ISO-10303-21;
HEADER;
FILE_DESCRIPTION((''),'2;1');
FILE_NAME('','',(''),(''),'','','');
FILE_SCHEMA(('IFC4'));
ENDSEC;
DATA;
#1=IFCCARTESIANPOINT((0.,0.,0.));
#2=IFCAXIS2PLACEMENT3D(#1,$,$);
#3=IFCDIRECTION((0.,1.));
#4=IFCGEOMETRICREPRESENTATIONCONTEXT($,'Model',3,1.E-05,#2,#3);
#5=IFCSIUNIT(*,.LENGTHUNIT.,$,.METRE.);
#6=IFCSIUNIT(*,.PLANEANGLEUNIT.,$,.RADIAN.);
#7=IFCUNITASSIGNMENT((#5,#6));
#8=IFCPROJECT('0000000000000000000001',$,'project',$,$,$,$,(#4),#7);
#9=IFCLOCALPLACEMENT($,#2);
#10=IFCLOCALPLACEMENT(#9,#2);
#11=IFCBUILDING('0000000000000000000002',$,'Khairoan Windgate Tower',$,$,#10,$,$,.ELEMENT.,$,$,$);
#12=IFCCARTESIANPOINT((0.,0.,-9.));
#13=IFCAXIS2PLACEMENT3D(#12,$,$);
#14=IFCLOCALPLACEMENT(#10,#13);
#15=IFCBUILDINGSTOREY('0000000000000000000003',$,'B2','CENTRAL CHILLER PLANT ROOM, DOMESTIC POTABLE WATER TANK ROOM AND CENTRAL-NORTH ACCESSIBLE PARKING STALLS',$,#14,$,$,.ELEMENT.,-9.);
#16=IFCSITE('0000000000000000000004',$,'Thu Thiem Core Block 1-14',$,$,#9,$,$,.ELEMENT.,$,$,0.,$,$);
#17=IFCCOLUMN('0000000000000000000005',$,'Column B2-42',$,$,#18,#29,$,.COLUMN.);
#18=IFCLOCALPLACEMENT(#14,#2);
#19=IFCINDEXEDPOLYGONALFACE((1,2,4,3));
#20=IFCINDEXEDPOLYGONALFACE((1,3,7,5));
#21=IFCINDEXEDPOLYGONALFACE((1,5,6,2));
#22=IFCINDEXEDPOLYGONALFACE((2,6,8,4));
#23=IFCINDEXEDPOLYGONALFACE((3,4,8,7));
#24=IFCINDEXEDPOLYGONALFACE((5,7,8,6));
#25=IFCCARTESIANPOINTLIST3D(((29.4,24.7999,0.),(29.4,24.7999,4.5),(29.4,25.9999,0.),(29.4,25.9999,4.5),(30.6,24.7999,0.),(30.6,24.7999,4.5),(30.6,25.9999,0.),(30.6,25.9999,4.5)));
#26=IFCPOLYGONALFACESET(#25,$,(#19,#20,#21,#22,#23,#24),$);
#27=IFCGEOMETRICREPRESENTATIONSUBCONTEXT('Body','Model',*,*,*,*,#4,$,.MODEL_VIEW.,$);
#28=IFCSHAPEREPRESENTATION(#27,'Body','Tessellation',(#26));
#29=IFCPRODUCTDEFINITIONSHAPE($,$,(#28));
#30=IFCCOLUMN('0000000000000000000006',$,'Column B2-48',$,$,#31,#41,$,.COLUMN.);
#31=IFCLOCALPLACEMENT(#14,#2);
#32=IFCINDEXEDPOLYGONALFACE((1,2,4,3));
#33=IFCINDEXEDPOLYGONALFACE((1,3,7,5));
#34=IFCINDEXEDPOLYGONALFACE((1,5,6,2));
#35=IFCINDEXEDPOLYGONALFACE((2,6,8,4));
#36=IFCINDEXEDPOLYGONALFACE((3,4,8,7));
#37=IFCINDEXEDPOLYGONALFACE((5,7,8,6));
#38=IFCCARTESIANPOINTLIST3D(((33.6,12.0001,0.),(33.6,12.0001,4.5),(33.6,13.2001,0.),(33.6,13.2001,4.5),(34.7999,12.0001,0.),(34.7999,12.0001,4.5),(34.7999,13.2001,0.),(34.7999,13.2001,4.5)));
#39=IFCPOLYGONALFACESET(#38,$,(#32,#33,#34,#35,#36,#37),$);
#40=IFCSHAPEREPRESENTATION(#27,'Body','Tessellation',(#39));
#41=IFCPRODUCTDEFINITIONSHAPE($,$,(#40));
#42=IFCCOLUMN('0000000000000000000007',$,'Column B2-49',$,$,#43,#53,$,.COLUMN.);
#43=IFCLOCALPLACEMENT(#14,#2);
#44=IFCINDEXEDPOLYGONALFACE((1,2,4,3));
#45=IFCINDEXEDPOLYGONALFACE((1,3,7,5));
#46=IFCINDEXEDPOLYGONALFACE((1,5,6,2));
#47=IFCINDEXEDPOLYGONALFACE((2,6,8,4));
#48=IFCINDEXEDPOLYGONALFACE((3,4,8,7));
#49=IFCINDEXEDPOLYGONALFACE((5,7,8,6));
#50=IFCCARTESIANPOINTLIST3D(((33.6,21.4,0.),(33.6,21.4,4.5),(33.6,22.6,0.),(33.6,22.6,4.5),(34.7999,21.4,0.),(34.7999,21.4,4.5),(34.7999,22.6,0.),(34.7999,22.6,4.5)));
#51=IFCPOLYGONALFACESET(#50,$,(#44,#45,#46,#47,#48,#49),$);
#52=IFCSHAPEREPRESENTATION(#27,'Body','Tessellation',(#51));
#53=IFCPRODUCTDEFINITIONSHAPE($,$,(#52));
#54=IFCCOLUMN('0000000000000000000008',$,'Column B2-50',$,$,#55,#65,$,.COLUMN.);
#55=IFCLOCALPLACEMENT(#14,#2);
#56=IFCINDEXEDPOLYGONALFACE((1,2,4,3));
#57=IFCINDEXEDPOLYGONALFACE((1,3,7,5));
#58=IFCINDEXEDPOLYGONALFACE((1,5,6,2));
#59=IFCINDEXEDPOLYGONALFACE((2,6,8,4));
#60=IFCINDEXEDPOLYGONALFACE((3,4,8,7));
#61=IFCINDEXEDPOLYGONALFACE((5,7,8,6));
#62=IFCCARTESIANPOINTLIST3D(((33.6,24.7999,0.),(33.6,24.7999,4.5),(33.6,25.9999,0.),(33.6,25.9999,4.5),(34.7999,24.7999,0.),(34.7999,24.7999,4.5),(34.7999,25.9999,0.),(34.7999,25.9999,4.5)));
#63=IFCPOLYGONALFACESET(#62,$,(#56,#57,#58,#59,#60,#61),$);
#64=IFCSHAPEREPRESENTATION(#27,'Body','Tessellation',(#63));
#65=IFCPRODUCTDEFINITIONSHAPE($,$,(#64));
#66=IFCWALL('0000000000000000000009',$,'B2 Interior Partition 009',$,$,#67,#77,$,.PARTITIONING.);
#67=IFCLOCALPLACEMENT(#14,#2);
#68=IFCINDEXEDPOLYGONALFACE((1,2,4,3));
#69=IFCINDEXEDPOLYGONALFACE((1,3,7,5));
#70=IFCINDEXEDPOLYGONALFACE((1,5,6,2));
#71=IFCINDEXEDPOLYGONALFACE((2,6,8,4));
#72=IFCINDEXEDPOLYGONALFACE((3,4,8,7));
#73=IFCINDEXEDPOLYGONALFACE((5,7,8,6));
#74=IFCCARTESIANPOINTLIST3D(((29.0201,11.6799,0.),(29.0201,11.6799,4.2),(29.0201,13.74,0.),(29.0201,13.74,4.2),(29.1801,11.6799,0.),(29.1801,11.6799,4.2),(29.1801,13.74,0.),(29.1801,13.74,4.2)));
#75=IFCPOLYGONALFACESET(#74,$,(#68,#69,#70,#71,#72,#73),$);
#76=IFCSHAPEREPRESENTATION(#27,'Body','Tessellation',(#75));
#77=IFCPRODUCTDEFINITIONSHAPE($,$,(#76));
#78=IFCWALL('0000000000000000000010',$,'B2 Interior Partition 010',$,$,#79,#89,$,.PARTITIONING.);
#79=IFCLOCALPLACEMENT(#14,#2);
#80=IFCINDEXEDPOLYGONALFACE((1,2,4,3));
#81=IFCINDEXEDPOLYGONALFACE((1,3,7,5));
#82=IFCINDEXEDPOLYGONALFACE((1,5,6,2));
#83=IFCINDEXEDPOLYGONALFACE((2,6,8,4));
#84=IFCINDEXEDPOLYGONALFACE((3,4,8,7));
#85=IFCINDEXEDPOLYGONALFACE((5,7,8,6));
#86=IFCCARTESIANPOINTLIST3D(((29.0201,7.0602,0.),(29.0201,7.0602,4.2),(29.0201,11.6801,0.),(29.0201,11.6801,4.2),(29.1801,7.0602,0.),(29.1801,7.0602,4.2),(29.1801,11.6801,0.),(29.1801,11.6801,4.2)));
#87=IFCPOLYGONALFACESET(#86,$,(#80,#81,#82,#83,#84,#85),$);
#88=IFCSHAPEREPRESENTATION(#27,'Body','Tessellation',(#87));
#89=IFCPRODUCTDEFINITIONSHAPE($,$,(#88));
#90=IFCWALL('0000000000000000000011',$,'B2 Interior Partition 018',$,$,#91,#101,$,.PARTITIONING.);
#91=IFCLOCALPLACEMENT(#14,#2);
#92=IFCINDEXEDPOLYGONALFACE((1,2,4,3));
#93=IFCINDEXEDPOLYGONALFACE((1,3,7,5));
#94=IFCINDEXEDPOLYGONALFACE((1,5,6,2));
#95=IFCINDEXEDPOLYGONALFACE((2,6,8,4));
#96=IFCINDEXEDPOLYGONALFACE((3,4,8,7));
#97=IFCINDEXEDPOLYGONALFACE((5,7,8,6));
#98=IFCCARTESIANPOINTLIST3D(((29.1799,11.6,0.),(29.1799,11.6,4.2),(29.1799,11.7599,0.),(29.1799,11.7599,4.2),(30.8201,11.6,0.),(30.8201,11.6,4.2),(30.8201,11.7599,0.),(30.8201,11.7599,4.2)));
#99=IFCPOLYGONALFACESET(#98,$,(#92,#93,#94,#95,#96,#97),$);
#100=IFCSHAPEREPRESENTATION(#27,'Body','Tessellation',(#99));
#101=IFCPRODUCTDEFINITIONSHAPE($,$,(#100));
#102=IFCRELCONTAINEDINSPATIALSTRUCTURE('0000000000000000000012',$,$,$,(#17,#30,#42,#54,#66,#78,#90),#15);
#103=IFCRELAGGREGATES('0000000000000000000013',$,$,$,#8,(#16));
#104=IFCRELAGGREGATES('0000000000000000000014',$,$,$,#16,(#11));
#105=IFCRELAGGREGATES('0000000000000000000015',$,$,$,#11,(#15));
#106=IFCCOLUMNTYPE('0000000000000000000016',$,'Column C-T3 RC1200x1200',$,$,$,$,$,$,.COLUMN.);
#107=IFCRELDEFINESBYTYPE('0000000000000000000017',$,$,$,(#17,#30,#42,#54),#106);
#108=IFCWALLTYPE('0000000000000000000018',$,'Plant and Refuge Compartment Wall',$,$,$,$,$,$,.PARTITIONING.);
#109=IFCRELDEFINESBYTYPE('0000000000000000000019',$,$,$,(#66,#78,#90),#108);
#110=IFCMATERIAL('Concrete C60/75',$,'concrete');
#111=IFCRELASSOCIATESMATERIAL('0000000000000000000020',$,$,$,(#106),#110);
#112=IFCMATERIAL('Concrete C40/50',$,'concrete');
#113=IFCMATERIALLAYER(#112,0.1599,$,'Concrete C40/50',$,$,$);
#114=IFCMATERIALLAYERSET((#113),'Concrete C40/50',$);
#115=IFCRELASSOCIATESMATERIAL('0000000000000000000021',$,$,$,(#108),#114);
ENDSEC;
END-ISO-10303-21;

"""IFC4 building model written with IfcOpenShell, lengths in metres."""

from ifc_helpers import new_model, si_unit, direction, frame, frame_2d, origin, origin_2d, place, context, subcontext, project, spatial, rectangle, extrude, material, layer, layer_set, material_profile, profile_set, type_object, element, save


model = new_model("IFC4")

# Units and contexts
model_context = context("Model", 3, precision=1e-05, world=origin(), true_north=direction((0.0, 1.0)))
body_context = subcontext(model_context, "Body", "Model", "MODEL_VIEW")
ifc_project = project(units=[si_unit("LENGTHUNIT", "METRE"), si_unit("PLANEANGLEUNIT", "RADIAN")], contexts=[model_context])

# Site, building, storey
site_placement = place(None, origin())
site = spatial("IfcSite", under=ifc_project, at=site_placement, Name="Thu Thiem Core Block 1-14", CompositionType="ELEMENT", RefElevation=0.0)
building_placement = place(site_placement, origin())
building = spatial("IfcBuilding", under=site, at=building_placement, Name="Khairoan Windgate Tower", CompositionType="ELEMENT")
storey_placement = place(building_placement, frame((0.0, 0.0, -9.0)))
storey = spatial("IfcBuildingStorey", under=building, at=storey_placement, Name="B2", Description="CENTRAL CHILLER PLANT ROOM, DOMESTIC POTABLE WATER TANK ROOM AND CENTRAL-NORTH ACCESSIBLE PARKING STALLS", CompositionType="ELEMENT", Elevation=-9.0)

# Columns
ifc_material_1 = material(Name="Concrete C60/75", Category="concrete")
ifc_material_profile_1 = material_profile(ifc_material_1, rectangle(XDim=1.2, YDim=1.2, at=origin_2d()))
ifc_profile_set_1 = profile_set([ifc_material_profile_1], Name="Concrete C60/75")
column_type_1 = type_object("IfcColumnType", Name="Column C-T3 RC1200x1200", PredefinedType="COLUMN", material=ifc_profile_set_1)
for number, where, z_axis, x_axis, name in (
    (1, (30.0, 25.3999, 0.0), (0.0, 0.0, 1.0), (1.0, 0.0, 0.0), "Column B2-42"),
    (2, (34.2, 12.6001, 0.0), (0.0, 0.0, 1.0), (1.0, 0.0, 0.0), "Column B2-48"),
    (3, (34.2, 22.0, 0.0), (0.0, 0.0, 1.0), (1.0, 0.0, 0.0), "Column B2-49"),
    (4, (34.2, 25.3999, 0.0), (0.0, 0.0, 1.0), (1.0, 0.0, 0.0), "Column B2-50"),
):
    element("IfcColumn", number, at=place(storey_placement, frame(where, z_axis=z_axis, x_axis=x_axis)), inside=storey, type_object=column_type_1, Name=name, PredefinedType="COLUMN", context=body_context, shape_type="SweptSolid", body=[
        extrude(rectangle(XDim=1.2, YDim=1.2, at=origin_2d()), origin(), (0.0, 0.0, 1.0), 4.5),
    ])

# Walls
ifc_material_2 = material(Name="Concrete C40/50", Category="concrete")
ifc_layer = layer(ifc_material_2, 0.1599, Name="Concrete C40/50")
ifc_layer_set = layer_set([ifc_layer], Name="Concrete C40/50")
wall_type = type_object("IfcWallType", Name="Plant and Refuge Compartment Wall", PredefinedType="PARTITIONING", material=ifc_layer_set)
wall_1_placement = place(storey_placement, frame((29.1001, 11.6799, 0.0), z_axis=(0.0, 0.0, 1.0), x_axis=(0.0, 1.0, 0.0)))
element("IfcWall", 5, at=wall_1_placement, inside=storey, type_object=wall_type, Name="B2 Interior Partition 009", PredefinedType="PARTITIONING", context=body_context, shape_type="SweptSolid", body=[
    extrude(rectangle(XDim=2.0601, YDim=0.1599, at=frame_2d((1.03, 0.0))), origin(), (0.0, 0.0, 1.0), 4.2),
])
wall_2_placement = place(storey_placement, frame((29.1001, 7.0601, 0.0), z_axis=(0.0, 0.0, 1.0), x_axis=(0.0, 1.0, 0.0)))
element("IfcWall", 6, at=wall_2_placement, inside=storey, type_object=wall_type, Name="B2 Interior Partition 010", PredefinedType="PARTITIONING", context=body_context, shape_type="SweptSolid", body=[
    extrude(rectangle(XDim=4.6199, YDim=0.1599, at=frame_2d((2.3101, 0.0))), origin(), (0.0, 0.0, 1.0), 4.2),
])

# Wall
wall_3_placement = place(storey_placement, frame((29.1799, 11.6799, 0.0), z_axis=(0.0, 0.0, 1.0), x_axis=(1.0, 0.0, 0.0)))
element("IfcWall", 7, at=wall_3_placement, inside=storey, type_object=wall_type, Name="B2 Interior Partition 018", PredefinedType="PARTITIONING", context=body_context, shape_type="SweptSolid", body=[
    extrude(rectangle(XDim=1.6401, YDim=0.1599, at=frame_2d((0.8201, 0.0))), origin(), (0.0, 0.0, 1.0), 4.2),
])

save(model, "model.ifc")
